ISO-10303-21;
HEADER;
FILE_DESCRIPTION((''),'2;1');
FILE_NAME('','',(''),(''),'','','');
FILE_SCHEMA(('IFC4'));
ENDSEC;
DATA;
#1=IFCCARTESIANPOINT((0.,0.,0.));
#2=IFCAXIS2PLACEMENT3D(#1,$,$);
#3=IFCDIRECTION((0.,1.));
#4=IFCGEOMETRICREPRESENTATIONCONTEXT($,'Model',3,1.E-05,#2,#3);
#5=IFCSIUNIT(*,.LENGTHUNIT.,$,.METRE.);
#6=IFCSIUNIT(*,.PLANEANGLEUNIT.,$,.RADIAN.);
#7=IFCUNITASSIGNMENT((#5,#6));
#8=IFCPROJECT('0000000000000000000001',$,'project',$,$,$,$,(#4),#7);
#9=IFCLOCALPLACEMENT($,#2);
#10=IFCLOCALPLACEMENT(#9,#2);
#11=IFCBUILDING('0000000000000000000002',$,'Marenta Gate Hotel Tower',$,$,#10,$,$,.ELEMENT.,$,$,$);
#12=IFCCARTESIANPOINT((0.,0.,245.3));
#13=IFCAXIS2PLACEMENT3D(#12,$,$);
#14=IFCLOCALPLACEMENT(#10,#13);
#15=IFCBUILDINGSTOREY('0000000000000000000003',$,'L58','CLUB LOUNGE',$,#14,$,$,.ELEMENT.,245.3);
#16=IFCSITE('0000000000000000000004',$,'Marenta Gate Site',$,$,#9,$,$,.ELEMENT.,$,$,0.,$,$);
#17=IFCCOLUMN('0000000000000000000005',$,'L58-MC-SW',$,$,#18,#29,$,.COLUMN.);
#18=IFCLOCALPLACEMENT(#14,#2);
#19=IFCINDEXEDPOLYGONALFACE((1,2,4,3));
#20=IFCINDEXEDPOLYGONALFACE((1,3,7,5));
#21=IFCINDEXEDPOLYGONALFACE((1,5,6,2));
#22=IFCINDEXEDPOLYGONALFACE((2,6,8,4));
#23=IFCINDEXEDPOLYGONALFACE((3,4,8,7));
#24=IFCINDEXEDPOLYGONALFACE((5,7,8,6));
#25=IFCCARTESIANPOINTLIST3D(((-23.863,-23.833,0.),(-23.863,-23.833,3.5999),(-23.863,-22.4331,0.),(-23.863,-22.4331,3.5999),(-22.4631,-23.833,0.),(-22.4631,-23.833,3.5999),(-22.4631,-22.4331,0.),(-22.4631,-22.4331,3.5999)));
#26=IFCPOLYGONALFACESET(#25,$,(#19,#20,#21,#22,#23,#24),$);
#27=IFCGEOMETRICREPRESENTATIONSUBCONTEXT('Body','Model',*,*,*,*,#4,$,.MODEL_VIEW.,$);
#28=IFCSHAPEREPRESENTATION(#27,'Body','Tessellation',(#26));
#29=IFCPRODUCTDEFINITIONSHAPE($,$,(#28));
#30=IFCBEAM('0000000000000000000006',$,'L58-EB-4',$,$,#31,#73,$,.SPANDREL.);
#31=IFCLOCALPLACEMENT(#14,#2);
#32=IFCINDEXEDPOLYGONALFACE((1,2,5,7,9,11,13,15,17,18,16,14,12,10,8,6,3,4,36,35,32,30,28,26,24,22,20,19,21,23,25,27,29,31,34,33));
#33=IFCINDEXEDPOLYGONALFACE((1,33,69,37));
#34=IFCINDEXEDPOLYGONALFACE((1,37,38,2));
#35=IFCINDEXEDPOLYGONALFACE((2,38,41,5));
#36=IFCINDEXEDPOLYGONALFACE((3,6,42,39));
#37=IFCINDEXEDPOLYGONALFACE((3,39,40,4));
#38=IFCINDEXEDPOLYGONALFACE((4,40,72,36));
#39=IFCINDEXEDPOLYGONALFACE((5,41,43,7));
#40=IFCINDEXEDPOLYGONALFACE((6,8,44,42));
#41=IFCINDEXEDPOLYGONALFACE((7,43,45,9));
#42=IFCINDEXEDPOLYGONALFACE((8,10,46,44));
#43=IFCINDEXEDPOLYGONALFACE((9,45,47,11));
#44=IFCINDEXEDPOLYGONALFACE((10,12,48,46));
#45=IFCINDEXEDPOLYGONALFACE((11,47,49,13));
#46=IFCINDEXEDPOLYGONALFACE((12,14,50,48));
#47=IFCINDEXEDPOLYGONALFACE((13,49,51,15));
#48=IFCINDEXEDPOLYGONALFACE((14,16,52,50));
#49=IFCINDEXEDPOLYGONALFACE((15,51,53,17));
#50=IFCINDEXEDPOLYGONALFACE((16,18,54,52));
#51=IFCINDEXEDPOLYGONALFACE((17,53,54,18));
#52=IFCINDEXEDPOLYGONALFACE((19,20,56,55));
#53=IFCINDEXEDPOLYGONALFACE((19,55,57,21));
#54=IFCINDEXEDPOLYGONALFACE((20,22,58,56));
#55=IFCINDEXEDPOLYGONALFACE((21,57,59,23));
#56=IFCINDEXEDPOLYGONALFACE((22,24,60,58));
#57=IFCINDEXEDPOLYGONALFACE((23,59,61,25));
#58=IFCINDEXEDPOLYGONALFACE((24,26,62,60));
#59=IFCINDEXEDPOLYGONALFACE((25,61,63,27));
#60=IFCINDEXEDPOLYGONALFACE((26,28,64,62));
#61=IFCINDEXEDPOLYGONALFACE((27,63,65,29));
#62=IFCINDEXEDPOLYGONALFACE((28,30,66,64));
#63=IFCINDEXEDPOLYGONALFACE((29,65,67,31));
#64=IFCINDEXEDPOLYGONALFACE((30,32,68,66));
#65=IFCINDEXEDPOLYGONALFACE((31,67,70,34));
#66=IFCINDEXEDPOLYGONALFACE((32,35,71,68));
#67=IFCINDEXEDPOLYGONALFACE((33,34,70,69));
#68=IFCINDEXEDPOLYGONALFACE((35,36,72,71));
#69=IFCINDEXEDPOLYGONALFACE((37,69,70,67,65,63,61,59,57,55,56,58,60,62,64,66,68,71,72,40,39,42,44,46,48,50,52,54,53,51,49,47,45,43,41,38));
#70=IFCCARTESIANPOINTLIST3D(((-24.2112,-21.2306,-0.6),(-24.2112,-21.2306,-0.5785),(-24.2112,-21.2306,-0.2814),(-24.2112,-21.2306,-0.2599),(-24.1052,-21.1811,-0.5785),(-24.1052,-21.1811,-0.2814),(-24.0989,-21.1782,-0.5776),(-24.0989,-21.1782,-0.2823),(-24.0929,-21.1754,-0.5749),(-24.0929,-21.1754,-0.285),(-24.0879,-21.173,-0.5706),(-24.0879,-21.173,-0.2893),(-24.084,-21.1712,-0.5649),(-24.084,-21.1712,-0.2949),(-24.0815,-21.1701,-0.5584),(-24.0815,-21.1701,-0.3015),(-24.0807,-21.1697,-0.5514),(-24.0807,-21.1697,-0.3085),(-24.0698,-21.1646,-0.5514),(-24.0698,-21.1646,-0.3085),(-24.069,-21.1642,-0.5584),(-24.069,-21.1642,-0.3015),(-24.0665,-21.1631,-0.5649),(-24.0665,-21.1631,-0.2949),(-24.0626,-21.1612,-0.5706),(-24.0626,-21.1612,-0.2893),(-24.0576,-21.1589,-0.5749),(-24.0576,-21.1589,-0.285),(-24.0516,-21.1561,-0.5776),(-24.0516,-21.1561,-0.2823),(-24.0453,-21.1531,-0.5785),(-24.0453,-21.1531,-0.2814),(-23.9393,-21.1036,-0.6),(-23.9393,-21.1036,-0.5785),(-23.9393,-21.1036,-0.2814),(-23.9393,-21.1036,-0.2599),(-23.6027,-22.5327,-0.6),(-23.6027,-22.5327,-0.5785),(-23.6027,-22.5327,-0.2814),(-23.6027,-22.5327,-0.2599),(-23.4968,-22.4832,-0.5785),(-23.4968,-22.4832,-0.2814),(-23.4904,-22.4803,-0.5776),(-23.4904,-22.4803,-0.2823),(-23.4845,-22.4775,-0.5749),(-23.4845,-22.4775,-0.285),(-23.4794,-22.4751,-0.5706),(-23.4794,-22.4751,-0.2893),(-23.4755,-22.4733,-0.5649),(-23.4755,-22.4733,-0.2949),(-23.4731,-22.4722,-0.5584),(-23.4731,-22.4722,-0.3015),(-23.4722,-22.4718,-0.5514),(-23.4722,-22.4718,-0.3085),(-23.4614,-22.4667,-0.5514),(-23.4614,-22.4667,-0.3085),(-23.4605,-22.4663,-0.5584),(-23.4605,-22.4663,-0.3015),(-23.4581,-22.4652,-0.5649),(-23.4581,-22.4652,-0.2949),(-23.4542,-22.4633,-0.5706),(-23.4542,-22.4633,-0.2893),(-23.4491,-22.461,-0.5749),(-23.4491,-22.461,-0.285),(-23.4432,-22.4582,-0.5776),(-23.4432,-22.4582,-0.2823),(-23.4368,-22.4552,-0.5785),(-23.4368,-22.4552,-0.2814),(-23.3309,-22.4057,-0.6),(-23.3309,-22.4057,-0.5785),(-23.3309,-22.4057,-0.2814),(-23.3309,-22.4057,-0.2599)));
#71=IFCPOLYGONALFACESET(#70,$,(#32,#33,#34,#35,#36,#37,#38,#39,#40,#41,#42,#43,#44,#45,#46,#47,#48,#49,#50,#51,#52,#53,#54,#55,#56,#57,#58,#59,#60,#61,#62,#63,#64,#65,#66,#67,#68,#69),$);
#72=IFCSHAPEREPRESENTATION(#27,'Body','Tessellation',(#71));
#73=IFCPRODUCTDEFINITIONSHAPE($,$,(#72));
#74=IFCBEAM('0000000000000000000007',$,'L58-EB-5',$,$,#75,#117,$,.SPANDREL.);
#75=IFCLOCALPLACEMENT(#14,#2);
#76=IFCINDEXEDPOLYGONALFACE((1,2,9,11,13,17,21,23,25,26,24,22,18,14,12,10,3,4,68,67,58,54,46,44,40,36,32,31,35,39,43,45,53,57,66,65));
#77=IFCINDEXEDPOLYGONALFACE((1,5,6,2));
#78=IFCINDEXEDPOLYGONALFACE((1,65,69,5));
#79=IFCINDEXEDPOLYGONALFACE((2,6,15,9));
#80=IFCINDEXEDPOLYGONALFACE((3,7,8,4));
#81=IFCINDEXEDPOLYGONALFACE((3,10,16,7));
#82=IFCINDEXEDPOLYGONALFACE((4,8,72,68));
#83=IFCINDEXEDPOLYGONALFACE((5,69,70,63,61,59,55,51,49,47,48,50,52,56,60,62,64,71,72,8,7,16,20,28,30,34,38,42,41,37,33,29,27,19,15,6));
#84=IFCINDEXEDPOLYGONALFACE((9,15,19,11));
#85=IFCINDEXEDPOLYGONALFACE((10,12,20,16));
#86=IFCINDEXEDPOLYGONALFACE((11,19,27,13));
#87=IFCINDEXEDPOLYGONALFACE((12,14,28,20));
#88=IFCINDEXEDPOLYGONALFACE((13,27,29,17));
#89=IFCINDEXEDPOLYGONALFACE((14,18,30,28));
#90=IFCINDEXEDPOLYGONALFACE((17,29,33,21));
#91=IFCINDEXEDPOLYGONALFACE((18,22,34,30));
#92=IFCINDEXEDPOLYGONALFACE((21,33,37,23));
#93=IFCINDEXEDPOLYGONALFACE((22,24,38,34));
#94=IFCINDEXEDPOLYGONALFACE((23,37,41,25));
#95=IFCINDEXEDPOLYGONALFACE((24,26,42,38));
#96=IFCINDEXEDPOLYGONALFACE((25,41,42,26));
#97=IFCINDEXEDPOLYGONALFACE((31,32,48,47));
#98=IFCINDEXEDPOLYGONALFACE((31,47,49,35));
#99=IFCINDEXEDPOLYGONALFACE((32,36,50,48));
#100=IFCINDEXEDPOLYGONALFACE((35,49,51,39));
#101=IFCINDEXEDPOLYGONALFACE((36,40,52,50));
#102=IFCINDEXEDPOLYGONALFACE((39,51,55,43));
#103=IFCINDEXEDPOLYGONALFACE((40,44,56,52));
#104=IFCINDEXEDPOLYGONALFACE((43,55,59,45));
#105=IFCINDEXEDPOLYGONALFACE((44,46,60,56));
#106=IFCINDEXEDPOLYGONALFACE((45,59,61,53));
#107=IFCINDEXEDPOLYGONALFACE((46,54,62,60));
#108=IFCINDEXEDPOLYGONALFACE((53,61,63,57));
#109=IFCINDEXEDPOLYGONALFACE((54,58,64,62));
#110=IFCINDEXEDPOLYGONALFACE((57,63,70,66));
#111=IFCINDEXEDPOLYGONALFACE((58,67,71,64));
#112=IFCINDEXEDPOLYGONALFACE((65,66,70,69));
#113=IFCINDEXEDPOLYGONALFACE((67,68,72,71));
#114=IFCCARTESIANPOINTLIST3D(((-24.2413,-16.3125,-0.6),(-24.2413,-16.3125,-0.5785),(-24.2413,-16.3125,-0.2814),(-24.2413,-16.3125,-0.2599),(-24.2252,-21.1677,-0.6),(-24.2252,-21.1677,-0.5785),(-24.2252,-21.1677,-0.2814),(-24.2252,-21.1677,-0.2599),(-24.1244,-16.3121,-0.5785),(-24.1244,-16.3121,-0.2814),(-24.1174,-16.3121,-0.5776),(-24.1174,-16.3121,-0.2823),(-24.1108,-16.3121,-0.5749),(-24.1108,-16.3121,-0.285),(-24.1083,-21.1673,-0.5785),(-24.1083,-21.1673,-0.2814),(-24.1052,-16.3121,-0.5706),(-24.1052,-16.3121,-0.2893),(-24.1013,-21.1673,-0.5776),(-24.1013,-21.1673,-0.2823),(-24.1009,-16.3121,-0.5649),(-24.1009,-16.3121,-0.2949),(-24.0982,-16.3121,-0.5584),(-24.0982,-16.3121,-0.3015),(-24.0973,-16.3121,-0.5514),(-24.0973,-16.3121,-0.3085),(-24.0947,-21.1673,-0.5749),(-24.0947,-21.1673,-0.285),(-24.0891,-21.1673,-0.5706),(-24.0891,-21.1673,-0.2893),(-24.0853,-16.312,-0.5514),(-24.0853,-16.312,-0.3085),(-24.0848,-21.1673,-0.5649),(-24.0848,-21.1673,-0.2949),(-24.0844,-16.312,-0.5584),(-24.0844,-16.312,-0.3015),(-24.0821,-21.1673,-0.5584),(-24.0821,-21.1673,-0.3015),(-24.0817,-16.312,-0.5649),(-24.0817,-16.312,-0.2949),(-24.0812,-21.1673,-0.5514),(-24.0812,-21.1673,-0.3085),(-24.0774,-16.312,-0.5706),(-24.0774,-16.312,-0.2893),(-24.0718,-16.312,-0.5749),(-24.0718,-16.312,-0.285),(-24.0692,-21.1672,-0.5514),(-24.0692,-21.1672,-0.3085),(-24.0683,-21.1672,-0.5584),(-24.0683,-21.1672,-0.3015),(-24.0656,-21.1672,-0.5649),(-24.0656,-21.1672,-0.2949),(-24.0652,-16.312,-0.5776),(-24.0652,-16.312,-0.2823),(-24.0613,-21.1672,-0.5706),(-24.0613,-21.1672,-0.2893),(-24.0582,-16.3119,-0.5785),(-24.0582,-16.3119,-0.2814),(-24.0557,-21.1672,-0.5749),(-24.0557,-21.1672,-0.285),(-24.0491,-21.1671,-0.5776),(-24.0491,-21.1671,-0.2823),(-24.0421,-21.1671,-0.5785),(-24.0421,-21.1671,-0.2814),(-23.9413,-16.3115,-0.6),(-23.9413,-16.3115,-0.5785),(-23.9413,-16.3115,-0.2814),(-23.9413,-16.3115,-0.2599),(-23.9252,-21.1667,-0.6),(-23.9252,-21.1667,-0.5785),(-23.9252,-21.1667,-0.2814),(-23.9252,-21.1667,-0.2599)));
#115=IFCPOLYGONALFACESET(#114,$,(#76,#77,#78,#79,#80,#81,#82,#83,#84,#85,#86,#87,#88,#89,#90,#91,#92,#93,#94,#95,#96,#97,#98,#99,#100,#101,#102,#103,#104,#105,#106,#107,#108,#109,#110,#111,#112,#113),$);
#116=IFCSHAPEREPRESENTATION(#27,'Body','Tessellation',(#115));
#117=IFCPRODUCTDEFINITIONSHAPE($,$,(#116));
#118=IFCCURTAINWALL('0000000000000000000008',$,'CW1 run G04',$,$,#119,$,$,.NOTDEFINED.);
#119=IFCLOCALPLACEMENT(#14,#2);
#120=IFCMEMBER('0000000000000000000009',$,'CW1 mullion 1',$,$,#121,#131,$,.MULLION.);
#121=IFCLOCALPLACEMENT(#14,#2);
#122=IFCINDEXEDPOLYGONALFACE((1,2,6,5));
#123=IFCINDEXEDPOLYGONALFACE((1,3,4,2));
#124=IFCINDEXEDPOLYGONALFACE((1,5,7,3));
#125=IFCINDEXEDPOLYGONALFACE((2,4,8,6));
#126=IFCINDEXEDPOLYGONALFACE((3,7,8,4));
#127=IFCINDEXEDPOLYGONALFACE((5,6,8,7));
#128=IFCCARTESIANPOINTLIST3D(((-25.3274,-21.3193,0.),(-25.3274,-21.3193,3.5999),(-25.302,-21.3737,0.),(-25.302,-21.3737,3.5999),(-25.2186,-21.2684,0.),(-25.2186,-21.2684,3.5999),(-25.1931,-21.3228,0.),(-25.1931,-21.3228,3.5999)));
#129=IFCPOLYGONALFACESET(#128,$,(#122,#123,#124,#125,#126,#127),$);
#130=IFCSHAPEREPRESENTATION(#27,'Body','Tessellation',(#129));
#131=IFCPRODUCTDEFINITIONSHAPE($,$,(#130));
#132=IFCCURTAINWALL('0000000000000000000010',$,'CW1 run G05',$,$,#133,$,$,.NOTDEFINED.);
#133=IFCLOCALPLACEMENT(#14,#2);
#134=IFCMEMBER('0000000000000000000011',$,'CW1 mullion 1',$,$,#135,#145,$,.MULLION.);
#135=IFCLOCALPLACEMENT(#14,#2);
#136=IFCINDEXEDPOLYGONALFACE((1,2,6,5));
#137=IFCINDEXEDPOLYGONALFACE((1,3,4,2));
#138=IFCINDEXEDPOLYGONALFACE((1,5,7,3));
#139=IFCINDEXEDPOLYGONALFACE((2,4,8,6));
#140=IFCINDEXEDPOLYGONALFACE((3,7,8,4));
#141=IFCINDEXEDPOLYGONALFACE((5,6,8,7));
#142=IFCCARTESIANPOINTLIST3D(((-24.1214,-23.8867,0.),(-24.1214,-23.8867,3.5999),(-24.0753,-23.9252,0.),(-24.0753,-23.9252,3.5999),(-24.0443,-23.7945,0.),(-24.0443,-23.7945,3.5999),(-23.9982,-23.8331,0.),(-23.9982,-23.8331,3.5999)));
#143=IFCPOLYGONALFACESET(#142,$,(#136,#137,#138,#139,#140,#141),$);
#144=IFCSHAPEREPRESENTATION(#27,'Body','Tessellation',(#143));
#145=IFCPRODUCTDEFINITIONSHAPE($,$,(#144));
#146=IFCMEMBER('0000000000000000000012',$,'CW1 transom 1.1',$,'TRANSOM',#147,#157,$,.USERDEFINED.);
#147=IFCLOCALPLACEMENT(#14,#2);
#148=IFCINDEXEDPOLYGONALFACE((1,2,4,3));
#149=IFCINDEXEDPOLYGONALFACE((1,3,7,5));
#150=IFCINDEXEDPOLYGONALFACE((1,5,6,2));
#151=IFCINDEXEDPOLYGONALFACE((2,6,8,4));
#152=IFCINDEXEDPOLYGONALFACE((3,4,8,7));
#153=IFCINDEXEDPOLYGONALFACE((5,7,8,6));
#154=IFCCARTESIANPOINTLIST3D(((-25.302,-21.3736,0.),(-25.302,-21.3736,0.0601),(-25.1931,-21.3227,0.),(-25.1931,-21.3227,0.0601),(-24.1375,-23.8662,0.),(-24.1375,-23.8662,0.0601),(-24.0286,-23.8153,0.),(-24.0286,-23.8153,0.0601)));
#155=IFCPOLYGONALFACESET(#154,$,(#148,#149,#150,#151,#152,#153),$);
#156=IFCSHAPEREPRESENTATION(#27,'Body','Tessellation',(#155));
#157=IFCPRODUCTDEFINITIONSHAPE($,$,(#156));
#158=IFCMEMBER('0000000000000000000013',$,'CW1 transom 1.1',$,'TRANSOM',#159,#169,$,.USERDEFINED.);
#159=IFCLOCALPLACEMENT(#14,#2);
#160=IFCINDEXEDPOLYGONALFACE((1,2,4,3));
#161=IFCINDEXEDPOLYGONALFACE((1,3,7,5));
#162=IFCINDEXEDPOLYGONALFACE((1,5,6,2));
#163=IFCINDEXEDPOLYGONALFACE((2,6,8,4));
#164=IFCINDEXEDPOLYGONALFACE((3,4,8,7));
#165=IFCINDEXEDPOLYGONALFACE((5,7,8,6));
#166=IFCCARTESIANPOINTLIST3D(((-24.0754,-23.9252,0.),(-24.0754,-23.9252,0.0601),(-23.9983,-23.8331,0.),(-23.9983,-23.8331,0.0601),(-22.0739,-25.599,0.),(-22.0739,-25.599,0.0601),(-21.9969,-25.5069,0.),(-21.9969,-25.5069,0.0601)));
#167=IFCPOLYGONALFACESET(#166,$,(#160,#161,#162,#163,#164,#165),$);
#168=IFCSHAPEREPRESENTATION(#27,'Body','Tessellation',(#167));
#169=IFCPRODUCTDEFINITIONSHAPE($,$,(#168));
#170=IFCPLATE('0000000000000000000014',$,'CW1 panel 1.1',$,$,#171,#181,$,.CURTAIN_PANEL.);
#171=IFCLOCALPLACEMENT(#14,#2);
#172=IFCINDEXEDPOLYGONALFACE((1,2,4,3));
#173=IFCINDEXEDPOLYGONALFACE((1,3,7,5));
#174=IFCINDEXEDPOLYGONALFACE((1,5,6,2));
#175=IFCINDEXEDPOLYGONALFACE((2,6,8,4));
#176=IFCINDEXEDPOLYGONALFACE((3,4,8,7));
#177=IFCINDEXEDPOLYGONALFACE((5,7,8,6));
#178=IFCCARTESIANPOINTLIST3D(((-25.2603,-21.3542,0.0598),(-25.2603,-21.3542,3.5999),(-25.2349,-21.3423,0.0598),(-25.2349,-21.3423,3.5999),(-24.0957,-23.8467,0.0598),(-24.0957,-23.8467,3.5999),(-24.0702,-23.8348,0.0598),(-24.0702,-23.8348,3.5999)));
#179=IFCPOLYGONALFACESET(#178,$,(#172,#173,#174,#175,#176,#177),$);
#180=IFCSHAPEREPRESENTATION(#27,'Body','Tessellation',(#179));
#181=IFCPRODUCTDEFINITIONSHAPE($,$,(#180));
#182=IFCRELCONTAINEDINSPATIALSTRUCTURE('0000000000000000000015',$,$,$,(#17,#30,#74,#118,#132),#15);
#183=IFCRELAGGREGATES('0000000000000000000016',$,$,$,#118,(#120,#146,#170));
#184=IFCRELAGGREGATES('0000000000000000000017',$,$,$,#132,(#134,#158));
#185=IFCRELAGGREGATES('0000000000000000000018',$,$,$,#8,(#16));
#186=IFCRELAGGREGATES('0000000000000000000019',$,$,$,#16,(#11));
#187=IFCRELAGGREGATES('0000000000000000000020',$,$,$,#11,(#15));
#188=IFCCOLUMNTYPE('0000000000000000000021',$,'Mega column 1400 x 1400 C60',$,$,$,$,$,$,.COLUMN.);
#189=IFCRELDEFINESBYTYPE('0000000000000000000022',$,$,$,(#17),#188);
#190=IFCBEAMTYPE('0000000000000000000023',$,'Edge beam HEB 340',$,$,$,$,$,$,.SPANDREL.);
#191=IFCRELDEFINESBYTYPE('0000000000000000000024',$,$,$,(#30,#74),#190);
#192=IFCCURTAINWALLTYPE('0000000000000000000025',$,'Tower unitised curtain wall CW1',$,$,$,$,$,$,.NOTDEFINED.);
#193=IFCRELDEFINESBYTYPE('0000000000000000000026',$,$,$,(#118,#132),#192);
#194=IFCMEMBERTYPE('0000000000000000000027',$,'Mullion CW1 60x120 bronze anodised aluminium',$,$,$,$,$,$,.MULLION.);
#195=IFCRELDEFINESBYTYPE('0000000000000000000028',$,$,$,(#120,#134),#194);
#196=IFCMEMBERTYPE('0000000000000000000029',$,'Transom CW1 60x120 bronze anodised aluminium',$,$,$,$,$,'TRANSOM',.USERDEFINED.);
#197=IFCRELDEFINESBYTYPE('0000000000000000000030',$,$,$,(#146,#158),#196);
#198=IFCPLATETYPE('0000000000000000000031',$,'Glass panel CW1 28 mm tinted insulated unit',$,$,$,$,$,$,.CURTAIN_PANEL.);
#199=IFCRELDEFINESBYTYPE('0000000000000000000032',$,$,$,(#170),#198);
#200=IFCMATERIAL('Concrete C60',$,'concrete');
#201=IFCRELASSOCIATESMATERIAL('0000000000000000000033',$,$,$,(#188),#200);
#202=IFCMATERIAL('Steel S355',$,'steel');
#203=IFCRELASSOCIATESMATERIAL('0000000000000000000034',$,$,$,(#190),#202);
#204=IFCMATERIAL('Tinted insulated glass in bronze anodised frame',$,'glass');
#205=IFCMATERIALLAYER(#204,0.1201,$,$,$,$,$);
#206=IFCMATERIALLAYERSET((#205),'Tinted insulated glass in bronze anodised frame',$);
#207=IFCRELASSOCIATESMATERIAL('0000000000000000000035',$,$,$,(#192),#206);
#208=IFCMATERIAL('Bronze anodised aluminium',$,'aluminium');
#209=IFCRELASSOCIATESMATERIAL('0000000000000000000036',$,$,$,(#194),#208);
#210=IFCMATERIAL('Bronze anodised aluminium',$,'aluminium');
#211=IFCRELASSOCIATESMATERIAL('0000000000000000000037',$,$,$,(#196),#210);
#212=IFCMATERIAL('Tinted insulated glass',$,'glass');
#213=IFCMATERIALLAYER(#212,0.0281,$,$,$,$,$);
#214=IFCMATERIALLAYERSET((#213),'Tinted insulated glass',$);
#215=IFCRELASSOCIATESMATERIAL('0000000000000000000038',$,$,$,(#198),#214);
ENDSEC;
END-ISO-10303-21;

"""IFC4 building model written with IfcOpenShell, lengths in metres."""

from ifc_helpers import new_model, si_unit, direction, frame, origin, origin_2d, place, context, subcontext, project, spatial, rectangle, i_section, extrude, material, layer, layer_set, material_profile, profile_set, type_object, element, aggregate, save


model = new_model("IFC4")

# Units and contexts
model_context = context("Model", 3, precision=1e-05, world=origin(), true_north=direction((0.0, 1.0)))
body_context = subcontext(model_context, "Body", "Model", "MODEL_VIEW")
ifc_project = project(units=[si_unit("LENGTHUNIT", "METRE"), si_unit("PLANEANGLEUNIT", "RADIAN")], contexts=[model_context])

# Site, building, storey
site_placement = place(None, origin())
site = spatial("IfcSite", under=ifc_project, at=site_placement, Name="Marenta Gate Site", CompositionType="ELEMENT", RefElevation=0.0)
building_placement = place(site_placement, origin())
building = spatial("IfcBuilding", under=site, at=building_placement, Name="Marenta Gate Hotel Tower", CompositionType="ELEMENT")
storey_placement = place(building_placement, frame((0.0, 0.0, 245.3)))
storey = spatial("IfcBuildingStorey", under=building, at=storey_placement, Name="L58", Description="CLUB LOUNGE", CompositionType="ELEMENT", Elevation=245.3)

# Column
ifc_material_1 = material(Name="Concrete C60", Category="concrete")
ifc_material_profile_1 = material_profile(ifc_material_1, rectangle(XDim=1.3999, YDim=1.3999, at=origin_2d()), Name="1400 x 1400")
ifc_profile_set_1 = profile_set([ifc_material_profile_1], Name="Concrete C60")
column_type = type_object("IfcColumnType", Name="Mega column 1400 x 1400 C60", PredefinedType="COLUMN", material=ifc_profile_set_1)
column_placement = place(storey_placement, frame((-23.1631, -23.1331, 0.0), z_axis=(0.0, 0.0, 1.0), x_axis=(1.0, 0.0, 0.0)))
element("IfcColumn", 1, at=column_placement, inside=storey, type_object=column_type, Name="L58-MC-SW", PredefinedType="COLUMN", context=body_context, shape_type="SweptSolid", body=[
    extrude(rectangle(XDim=1.3999, YDim=1.3999, at=origin_2d()), origin(), (0.0, 0.0, 1.0), 3.5999),
])

# Beams
ifc_material_2 = material(Name="Steel S355", Category="steel")
ifc_material_profile_2 = material_profile(ifc_material_2, i_section(OverallWidth=0.3, OverallDepth=0.3401, WebThickness=0.012, FlangeThickness=0.0215, FilletRadius=0.0271, at=origin_2d()), Name="HEB 340")
ifc_profile_set_2 = profile_set([ifc_material_profile_2], Name="Steel S355")
beam_type = type_object("IfcBeamType", Name="Edge beam HEB 340", PredefinedType="SPANDREL", material=ifc_profile_set_2)
beam_1_placement = place(storey_placement, frame((-23.4668, -22.4692, -0.4299), z_axis=(-0.423341, 0.90597, 0.0), x_axis=(-0.90597, -0.423341, 0.0)))
element("IfcBeam", 2, at=beam_1_placement, inside=storey, type_object=beam_type, Name="L58-EB-4", PredefinedType="SPANDREL", context=body_context, shape_type="SweptSolid", body=[
    extrude(i_section(OverallWidth=0.3, OverallDepth=0.3401, WebThickness=0.012, FlangeThickness=0.0215, FilletRadius=0.0271, at=origin_2d()), origin(), (0.0, 0.0, 1.0), 1.4373),
])
beam_2_placement = place(storey_placement, frame((-24.0752, -21.1672, -0.4299), z_axis=(-0.003319, 0.999994, 0.0), x_axis=(-0.999994, -0.003319, 0.0)))
element("IfcBeam", 3, at=beam_2_placement, inside=storey, type_object=beam_type, Name="L58-EB-5", PredefinedType="SPANDREL", context=body_context, shape_type="SweptSolid", body=[
    extrude(i_section(OverallWidth=0.3, OverallDepth=0.3401, WebThickness=0.012, FlangeThickness=0.0215, FilletRadius=0.0271, at=origin_2d()), origin(), (0.0, 0.0, 1.0), 4.8552),
])

# Curtain walls, members
ifc_material_3 = material(Name="Tinted insulated glass in bronze anodised frame", Category="glass")
ifc_layer_1 = layer(ifc_material_3, 0.1201)
ifc_layer_set_1 = layer_set([ifc_layer_1], Name="Tinted insulated glass in bronze anodised frame")
curtain_wall_type = type_object("IfcCurtainWallType", Name="Tower unitised curtain wall CW1", PredefinedType="NOTDEFINED", material=ifc_layer_set_1)
curtain_wall_1_placement = place(storey_placement, origin())
curtain_wall_1 = element("IfcCurtainWall", 4, at=curtain_wall_1_placement, inside=storey, type_object=curtain_wall_type, Name="CW1 run G04", PredefinedType="NOTDEFINED")
ifc_material_4 = material(Name="Bronze anodised aluminium", Category="aluminium")
ifc_material_profile_3 = material_profile(ifc_material_4, rectangle(XDim=0.1201, YDim=0.0601, at=origin_2d()), Name="Mullion CW1 60x120 bronze anodised aluminium")
ifc_profile_set_3 = profile_set([ifc_material_profile_3], Name="Bronze anodised aluminium")
member_type_1 = type_object("IfcMemberType", Name="Mullion CW1 60x120 bronze anodised aluminium", PredefinedType="MULLION", material=ifc_profile_set_3)
member_1_placement = place(storey_placement, frame((-25.2603, -21.321, 0.0), z_axis=(0.0, 0.0, 1.0), x_axis=(0.905972, 0.423337, 0.0)))
member_1 = element("IfcMember", 5, at=member_1_placement, type_object=member_type_1, Name="CW1 mullion 1", PredefinedType="MULLION", context=body_context, shape_type="SweptSolid", body=[
    extrude(rectangle(XDim=0.1201, YDim=0.0601, at=origin_2d()), origin(), (0.0, 0.0, 1.0), 3.5999),
])
curtain_wall_2_placement = place(storey_placement, origin())
curtain_wall_2 = element("IfcCurtainWall", 6, at=curtain_wall_2_placement, inside=storey, type_object=curtain_wall_type, Name="CW1 run G05", PredefinedType="NOTDEFINED")
member_2_placement = place(storey_placement, frame((-24.0598, -23.8599, 0.0), z_axis=(0.0, 0.0, 1.0), x_axis=(0.641525, 0.767102, 0.0)))
member_2 = element("IfcMember", 7, at=member_2_placement, type_object=member_type_1, Name="CW1 mullion 1", PredefinedType="MULLION", context=body_context, shape_type="SweptSolid", body=[
    extrude(rectangle(XDim=0.1201, YDim=0.0601, at=origin_2d()), origin(), (0.0, 0.0, 1.0), 3.5999),
])

# Members
ifc_material_5 = material(Name="Bronze anodised aluminium", Category="aluminium")
ifc_material_profile_4 = material_profile(ifc_material_5, rectangle(XDim=0.1201, YDim=0.0601, at=origin_2d()), Name="Transom CW1 60x120 bronze anodised aluminium")
ifc_profile_set_4 = profile_set([ifc_material_profile_4], Name="Bronze anodised aluminium")
member_type_2 = type_object("IfcMemberType", Name="Transom CW1 60x120 bronze anodised aluminium", ElementType="TRANSOM", PredefinedType="USERDEFINED", material=ifc_profile_set_4)
member_3_placement = place(storey_placement, frame((-25.2476, -21.3481, 0.03), z_axis=(0.423274, -0.906002, 0.0), x_axis=(0.906002, 0.423274, 0.0)))
member_3 = element("IfcMember", 8, at=member_3_placement, type_object=member_type_2, Name="CW1 transom 1.1", ObjectType="TRANSOM", PredefinedType="USERDEFINED", context=body_context, shape_type="SweptSolid", body=[
    extrude(rectangle(XDim=0.1201, YDim=0.0601, at=origin_2d()), origin(), (0.0, 0.0, 1.0), 2.7512),
])
member_4_placement = place(storey_placement, frame((-24.0369, -23.8792, 0.03), z_axis=(0.7671, -0.641527, 0.0), x_axis=(0.641527, 0.7671, 0.0)))
member_4 = element("IfcMember", 9, at=member_4_placement, type_object=member_type_2, Name="CW1 transom 1.1", ObjectType="TRANSOM", PredefinedType="USERDEFINED", context=body_context, shape_type="SweptSolid", body=[
    extrude(rectangle(XDim=0.1201, YDim=0.0601, at=origin_2d()), origin(), (0.0, 0.0, 1.0), 2.6091),
])

# Plate
ifc_material_6 = material(Name="Tinted insulated glass", Category="glass")
ifc_layer_2 = layer(ifc_material_6, 0.0281)
ifc_layer_set_2 = layer_set([ifc_layer_2], Name="Tinted insulated glass")
plate_type = type_object("IfcPlateType", Name="Glass panel CW1 28 mm tinted insulated unit", PredefinedType="CURTAIN_PANEL", material=ifc_layer_set_2)
plate_1_placement = place(storey_placement, frame((-24.6653, -22.5945, 0.0598), z_axis=(0.0, 0.0, 1.0), x_axis=(0.423337, -0.905972, 0.0)))
plate_1 = element("IfcPlate", 10, at=plate_1_placement, type_object=plate_type, Name="CW1 panel 1.1", PredefinedType="CURTAIN_PANEL", context=body_context, shape_type="SweptSolid", body=[
    extrude(rectangle(XDim=2.7512, YDim=0.0281, at=origin_2d()), origin(), (0.0, 0.0, 1.0), 3.54),
])
aggregate(curtain_wall_1, [member_1, member_3, plate_1])
aggregate(curtain_wall_2, [member_2, member_4])

save(model, "model.ifc")
